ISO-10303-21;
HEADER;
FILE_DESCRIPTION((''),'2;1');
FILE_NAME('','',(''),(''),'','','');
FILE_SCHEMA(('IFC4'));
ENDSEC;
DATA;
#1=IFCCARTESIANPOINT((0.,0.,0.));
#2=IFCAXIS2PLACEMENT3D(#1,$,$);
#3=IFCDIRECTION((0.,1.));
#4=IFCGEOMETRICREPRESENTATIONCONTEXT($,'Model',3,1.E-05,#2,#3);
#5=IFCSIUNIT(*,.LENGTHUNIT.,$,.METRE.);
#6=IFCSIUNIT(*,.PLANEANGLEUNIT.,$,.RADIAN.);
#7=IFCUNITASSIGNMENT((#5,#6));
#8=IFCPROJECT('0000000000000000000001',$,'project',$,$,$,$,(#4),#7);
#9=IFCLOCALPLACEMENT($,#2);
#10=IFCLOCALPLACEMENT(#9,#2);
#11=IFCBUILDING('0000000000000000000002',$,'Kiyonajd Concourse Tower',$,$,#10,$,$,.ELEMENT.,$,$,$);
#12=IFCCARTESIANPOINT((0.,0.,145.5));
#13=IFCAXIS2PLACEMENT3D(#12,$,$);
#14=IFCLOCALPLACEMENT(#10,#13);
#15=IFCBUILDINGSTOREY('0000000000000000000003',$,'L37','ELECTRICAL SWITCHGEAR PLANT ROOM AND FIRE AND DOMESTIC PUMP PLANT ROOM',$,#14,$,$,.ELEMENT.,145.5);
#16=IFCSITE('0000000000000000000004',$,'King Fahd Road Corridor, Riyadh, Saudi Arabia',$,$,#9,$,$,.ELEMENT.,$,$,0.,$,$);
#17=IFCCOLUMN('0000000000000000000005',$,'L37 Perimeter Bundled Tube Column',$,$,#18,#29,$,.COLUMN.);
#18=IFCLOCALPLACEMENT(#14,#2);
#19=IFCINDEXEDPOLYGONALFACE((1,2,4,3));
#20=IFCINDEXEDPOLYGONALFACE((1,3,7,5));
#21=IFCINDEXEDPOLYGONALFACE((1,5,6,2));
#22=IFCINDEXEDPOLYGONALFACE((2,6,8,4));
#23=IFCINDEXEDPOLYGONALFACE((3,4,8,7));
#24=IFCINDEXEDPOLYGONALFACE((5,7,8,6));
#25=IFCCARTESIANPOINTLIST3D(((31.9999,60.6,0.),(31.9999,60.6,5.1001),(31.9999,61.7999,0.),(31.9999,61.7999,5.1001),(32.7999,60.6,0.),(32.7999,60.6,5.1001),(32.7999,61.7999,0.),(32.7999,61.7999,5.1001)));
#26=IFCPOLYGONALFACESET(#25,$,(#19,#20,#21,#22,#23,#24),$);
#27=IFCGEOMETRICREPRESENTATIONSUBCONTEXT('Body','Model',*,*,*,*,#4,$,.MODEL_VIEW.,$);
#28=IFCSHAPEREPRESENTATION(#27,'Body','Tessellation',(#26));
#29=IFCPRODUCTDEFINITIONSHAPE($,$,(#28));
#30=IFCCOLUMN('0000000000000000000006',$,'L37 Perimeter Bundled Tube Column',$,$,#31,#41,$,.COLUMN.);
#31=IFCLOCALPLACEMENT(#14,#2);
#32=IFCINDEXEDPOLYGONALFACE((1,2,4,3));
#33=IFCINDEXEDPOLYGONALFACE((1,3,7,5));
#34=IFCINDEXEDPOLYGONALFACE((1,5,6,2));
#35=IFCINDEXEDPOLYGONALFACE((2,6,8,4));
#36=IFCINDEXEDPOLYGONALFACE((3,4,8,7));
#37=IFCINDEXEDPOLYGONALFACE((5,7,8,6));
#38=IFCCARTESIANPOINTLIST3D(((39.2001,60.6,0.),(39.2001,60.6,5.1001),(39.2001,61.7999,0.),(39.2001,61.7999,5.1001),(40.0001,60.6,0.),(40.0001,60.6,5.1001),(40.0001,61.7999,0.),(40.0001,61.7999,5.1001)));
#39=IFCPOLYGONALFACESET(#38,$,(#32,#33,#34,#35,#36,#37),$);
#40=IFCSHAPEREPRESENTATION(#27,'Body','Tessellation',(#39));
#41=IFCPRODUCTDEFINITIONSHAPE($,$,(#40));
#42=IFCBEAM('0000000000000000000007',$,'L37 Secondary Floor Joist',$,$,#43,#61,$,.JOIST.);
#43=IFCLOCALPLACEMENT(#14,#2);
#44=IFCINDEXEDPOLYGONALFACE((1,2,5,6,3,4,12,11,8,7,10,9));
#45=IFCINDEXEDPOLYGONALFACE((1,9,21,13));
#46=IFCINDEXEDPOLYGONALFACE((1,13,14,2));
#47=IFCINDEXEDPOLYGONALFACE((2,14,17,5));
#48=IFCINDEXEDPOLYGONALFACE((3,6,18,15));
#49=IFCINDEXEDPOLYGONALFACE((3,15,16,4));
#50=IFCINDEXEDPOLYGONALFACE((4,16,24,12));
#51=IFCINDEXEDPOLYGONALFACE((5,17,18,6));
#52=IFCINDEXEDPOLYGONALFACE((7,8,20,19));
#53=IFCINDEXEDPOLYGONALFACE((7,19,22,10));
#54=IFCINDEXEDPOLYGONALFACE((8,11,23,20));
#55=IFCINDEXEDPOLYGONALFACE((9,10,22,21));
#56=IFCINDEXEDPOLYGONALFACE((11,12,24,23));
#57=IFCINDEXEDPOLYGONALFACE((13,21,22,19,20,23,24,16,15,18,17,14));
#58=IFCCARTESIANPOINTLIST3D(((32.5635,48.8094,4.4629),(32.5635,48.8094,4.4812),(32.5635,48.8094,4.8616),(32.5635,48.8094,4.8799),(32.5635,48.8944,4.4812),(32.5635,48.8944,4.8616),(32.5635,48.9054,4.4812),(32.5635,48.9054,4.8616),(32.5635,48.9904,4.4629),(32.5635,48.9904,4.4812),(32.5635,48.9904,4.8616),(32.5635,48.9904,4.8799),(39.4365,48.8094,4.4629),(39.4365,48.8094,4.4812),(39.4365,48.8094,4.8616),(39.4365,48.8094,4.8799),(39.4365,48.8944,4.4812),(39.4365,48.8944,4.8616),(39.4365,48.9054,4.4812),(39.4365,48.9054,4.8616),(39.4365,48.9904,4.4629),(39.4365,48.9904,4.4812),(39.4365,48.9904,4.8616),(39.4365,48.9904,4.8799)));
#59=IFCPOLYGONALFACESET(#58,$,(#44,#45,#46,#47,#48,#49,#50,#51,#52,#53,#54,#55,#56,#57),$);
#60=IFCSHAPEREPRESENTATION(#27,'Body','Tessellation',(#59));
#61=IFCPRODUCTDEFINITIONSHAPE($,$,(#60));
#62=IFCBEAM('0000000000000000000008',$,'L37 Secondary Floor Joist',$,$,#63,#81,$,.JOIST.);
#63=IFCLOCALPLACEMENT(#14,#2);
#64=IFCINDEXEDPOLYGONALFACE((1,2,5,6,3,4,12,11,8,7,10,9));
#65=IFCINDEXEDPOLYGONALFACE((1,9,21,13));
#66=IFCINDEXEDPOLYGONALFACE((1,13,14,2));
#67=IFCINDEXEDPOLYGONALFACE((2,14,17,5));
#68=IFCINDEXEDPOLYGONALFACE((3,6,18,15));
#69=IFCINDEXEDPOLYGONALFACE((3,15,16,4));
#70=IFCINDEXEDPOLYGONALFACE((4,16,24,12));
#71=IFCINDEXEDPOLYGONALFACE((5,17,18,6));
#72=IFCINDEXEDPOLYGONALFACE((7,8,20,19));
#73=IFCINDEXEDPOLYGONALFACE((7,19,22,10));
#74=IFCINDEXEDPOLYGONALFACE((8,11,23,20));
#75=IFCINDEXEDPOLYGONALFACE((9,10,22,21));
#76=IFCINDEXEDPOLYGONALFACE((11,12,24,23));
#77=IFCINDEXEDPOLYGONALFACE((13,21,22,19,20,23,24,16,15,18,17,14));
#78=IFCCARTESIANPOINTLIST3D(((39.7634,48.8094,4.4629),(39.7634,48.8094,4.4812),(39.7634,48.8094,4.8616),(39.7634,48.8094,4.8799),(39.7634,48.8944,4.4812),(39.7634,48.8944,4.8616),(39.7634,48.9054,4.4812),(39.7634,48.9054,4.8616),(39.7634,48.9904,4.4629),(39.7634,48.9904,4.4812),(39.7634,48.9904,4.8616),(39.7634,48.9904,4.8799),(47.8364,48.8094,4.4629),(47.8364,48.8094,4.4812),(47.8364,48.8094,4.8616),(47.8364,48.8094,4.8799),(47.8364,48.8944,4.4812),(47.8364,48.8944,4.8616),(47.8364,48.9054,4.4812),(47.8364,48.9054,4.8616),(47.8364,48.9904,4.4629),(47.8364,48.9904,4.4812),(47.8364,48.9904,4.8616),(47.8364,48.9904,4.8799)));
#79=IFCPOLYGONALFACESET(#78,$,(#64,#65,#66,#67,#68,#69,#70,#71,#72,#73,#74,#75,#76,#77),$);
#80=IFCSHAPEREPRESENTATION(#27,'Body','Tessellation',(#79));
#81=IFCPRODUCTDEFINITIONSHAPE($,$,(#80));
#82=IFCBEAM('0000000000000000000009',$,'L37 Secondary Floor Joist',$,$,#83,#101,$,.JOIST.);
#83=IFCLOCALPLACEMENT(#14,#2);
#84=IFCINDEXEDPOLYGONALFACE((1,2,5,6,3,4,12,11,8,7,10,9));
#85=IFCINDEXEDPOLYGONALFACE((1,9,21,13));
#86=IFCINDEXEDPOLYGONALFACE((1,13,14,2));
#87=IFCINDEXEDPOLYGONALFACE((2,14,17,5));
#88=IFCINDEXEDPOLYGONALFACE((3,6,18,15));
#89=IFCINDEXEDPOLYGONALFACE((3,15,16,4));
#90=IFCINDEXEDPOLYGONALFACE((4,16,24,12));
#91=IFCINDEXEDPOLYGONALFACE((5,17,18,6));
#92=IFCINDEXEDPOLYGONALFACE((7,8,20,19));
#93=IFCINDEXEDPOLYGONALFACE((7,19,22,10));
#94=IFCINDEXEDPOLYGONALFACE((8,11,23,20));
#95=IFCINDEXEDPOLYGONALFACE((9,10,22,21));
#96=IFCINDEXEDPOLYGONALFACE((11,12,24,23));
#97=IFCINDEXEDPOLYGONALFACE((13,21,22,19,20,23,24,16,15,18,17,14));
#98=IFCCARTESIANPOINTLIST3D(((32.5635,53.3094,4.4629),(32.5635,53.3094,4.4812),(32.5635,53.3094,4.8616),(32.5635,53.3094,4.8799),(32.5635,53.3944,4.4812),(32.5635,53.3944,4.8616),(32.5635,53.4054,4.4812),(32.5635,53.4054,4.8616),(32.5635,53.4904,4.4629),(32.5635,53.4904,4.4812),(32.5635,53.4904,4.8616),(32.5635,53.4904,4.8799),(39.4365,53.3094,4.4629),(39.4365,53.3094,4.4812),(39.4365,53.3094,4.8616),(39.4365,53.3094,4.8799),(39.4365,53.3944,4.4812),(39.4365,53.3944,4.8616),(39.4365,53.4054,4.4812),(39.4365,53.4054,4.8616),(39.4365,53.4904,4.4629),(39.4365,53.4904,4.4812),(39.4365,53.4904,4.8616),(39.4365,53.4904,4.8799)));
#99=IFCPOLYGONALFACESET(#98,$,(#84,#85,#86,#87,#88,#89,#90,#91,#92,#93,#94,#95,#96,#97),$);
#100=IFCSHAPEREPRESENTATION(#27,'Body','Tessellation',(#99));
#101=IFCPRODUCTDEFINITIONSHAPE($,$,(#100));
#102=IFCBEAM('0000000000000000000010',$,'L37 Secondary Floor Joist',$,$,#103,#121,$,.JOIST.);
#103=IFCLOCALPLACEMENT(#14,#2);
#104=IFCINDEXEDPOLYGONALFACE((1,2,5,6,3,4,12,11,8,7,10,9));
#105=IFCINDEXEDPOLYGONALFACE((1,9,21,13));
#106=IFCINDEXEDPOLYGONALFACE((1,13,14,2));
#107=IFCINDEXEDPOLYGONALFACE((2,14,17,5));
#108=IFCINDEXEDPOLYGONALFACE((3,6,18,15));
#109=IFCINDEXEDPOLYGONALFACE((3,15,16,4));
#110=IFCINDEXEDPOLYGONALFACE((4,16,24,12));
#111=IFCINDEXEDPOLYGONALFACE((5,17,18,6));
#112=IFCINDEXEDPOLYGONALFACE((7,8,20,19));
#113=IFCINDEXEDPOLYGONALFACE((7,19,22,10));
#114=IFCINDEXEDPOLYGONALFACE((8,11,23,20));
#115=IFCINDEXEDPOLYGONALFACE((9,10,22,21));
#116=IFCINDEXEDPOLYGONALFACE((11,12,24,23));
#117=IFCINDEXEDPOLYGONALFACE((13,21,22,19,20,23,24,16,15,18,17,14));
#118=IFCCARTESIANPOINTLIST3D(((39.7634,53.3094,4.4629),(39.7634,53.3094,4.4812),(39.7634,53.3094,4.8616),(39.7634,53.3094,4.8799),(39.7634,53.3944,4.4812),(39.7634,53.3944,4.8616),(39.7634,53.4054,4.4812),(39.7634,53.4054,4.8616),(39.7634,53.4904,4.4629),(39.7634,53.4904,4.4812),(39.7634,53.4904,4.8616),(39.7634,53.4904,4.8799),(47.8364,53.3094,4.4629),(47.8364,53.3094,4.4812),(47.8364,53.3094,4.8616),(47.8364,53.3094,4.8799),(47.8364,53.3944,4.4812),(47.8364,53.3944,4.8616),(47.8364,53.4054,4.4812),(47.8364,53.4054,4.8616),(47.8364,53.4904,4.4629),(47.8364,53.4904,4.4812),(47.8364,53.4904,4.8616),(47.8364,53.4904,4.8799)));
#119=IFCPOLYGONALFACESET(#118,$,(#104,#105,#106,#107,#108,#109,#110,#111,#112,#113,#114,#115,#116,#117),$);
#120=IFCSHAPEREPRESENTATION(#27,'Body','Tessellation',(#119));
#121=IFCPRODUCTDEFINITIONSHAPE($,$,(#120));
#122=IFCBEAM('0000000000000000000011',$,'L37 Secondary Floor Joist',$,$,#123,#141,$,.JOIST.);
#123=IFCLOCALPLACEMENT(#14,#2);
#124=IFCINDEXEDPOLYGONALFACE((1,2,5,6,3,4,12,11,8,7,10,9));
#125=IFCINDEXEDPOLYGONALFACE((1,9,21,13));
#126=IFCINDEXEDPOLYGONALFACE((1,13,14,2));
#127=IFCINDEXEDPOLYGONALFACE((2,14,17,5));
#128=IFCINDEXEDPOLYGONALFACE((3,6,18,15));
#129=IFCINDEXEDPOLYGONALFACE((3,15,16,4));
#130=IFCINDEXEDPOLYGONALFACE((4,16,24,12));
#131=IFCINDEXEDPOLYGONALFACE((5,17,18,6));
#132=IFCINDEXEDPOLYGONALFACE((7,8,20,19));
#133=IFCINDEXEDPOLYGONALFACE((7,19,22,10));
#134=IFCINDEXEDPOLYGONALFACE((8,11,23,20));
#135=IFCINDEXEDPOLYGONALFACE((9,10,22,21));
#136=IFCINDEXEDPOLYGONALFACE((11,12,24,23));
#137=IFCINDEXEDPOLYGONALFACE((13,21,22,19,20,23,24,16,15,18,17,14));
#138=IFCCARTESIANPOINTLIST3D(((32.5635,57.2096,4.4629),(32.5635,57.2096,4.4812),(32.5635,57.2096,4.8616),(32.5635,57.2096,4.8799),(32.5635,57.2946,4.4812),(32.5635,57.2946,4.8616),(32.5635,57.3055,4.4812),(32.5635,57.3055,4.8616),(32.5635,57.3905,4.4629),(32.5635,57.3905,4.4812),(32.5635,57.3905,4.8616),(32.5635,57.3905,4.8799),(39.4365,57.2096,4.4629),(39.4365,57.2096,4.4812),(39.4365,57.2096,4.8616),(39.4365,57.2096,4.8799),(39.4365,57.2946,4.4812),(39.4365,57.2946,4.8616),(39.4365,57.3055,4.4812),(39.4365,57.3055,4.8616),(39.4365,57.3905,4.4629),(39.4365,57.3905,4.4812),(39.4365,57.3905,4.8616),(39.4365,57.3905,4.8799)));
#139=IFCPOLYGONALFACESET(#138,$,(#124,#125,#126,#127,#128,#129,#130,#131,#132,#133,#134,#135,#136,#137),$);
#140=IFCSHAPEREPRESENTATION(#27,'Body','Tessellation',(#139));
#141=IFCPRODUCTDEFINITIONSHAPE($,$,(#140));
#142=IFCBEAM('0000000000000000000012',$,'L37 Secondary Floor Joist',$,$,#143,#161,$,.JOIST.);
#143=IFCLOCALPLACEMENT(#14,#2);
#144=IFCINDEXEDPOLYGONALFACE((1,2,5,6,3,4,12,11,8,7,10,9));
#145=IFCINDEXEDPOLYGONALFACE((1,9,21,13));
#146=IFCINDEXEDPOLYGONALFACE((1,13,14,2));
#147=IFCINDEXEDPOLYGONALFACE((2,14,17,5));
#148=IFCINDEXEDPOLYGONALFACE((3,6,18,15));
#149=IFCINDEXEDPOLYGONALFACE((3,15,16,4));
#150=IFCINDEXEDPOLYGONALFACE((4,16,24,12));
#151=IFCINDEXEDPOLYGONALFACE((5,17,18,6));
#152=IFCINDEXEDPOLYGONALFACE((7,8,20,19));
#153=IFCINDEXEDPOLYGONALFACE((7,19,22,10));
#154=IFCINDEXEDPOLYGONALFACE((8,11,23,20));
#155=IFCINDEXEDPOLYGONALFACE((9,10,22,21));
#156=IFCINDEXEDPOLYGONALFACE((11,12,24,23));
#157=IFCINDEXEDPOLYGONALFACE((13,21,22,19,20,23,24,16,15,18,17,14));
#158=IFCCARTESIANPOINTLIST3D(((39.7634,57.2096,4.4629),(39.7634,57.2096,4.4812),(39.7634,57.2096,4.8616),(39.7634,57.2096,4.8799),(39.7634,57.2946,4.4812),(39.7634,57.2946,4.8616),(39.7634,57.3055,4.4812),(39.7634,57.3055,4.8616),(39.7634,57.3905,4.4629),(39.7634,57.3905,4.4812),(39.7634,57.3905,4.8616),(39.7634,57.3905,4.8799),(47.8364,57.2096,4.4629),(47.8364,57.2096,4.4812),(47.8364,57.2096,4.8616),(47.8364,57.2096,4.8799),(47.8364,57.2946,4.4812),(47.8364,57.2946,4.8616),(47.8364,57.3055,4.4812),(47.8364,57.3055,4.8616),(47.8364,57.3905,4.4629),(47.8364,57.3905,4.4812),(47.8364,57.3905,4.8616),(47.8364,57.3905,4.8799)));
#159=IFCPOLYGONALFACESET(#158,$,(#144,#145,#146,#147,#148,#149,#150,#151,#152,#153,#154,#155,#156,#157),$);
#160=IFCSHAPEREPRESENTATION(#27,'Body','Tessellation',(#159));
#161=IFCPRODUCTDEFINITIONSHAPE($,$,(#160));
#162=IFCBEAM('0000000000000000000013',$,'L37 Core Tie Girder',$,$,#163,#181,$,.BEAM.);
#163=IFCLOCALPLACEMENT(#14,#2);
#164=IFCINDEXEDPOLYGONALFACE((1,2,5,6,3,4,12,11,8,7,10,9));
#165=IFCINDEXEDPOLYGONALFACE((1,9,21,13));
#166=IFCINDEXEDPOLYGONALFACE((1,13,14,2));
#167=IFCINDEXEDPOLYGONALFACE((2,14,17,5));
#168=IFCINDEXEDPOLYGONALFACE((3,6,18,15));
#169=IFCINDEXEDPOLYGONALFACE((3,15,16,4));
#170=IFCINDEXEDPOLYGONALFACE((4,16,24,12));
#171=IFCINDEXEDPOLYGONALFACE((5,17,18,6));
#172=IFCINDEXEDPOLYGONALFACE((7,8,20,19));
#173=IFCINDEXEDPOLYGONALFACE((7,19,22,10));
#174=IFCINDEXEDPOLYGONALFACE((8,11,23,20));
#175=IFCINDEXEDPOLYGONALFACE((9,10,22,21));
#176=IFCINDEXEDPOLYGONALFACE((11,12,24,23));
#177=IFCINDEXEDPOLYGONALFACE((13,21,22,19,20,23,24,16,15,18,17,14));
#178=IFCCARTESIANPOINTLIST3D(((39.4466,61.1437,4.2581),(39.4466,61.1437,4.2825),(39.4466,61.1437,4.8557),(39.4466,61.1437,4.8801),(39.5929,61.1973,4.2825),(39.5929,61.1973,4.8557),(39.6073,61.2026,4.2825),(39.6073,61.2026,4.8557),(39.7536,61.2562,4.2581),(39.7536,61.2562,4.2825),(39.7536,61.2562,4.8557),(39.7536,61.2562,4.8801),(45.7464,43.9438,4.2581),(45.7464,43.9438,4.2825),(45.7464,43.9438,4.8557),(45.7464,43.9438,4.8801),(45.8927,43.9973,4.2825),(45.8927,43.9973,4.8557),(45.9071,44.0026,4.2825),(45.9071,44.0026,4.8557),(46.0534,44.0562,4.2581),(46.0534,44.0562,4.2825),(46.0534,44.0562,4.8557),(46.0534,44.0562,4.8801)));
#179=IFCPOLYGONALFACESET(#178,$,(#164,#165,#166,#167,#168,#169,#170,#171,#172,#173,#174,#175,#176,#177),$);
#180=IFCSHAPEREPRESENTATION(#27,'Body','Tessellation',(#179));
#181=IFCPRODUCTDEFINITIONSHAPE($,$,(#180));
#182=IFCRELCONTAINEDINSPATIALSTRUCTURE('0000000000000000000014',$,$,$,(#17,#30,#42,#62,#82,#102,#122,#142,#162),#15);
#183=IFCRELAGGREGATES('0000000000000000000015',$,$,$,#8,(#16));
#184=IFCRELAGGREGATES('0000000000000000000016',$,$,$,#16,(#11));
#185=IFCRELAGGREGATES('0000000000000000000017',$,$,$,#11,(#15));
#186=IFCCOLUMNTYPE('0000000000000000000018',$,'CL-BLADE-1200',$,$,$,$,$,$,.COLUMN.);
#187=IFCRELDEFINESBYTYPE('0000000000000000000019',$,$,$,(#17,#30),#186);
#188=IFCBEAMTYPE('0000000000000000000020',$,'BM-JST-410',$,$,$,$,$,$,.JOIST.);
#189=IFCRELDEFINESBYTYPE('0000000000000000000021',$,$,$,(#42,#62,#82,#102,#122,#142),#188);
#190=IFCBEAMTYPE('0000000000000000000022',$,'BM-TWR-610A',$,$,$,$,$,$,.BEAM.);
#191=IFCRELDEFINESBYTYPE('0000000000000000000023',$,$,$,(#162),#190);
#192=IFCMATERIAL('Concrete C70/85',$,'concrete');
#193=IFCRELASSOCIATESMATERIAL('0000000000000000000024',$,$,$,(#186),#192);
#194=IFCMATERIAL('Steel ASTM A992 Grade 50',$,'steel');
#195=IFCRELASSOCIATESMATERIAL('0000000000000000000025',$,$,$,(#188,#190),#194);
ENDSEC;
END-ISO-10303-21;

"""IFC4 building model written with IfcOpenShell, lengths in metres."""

from ifc_helpers import new_model, si_unit, direction, frame, origin, origin_2d, place, context, subcontext, project, spatial, rectangle, i_section, extrude, material, material_profile, profile_set, type_object, element, save


model = new_model("IFC4")

# Units and contexts
model_context = context("Model", 3, precision=1e-05, world=origin(), true_north=direction((0.0, 1.0)))
body_context = subcontext(model_context, "Body", "Model", "MODEL_VIEW")
ifc_project = project(units=[si_unit("LENGTHUNIT", "METRE"), si_unit("PLANEANGLEUNIT", "RADIAN")], contexts=[model_context])

# Site, building, storey
site_placement = place(None, origin())
site = spatial("IfcSite", under=ifc_project, at=site_placement, Name="King Fahd Road Corridor, Riyadh, Saudi Arabia", CompositionType="ELEMENT", RefElevation=0.0)
building_placement = place(site_placement, origin())
building = spatial("IfcBuilding", under=site, at=building_placement, Name="Kiyonajd Concourse Tower", CompositionType="ELEMENT")
storey_placement = place(building_placement, frame((0.0, 0.0, 145.5)))
storey = spatial("IfcBuildingStorey", under=building, at=storey_placement, Name="L37", Description="ELECTRICAL SWITCHGEAR PLANT ROOM AND FIRE AND DOMESTIC PUMP PLANT ROOM", CompositionType="ELEMENT", Elevation=145.5)

# Columns
ifc_material_1 = material(Name="Concrete C70/85", Category="concrete")
ifc_material_profile_1 = material_profile(ifc_material_1, rectangle(XDim=0.8, YDim=1.2, at=origin_2d()), Name="RC-1200x800")
ifc_profile_set_1 = profile_set([ifc_material_profile_1], Name="Concrete C70/85")
column_type = type_object("IfcColumnType", Name="CL-BLADE-1200", PredefinedType="COLUMN", material=ifc_profile_set_1)
for number, where, z_axis, x_axis, name in (
    (1, (32.3999, 61.2, 0.0), (0.0, 0.0, 1.0), (1.0, 0.0, 0.0), "L37 Perimeter Bundled Tube Column"),
    (2, (39.6001, 61.2, 0.0), (0.0, 0.0, 1.0), (1.0, 0.0, 0.0), "L37 Perimeter Bundled Tube Column"),
):
    element("IfcColumn", number, at=place(storey_placement, frame(where, z_axis=z_axis, x_axis=x_axis)), inside=storey, type_object=column_type, Name=name, PredefinedType="COLUMN", context=body_context, shape_type="SweptSolid", body=[
        extrude(rectangle(XDim=0.8, YDim=1.2, at=origin_2d()), origin(), (0.0, 0.0, 1.0), 5.1001),
    ])

# Beams
ifc_material_2 = material(Name="Steel ASTM A992 Grade 50", Category="steel")
ifc_material_profile_2 = material_profile(ifc_material_2, i_section(OverallWidth=0.1809, OverallDepth=0.417, WebThickness=0.011, FlangeThickness=0.0183, at=origin_2d()), Name="W410X85")
ifc_profile_set_2 = profile_set([ifc_material_profile_2], Name="Steel ASTM A992 Grade 50")
beam_type_1 = type_object("IfcBeamType", Name="BM-JST-410", PredefinedType="JOIST", material=ifc_profile_set_2)
beam_1_placement = place(storey_placement, frame((32.5635, 48.8999, 4.6714), z_axis=(1.0, 0.0, 0.0), x_axis=(0.0, 1.0, 0.0)))
element("IfcBeam", 3, at=beam_1_placement, inside=storey, type_object=beam_type_1, Name="L37 Secondary Floor Joist", PredefinedType="JOIST", context=body_context, shape_type="SweptSolid", body=[
    extrude(i_section(OverallWidth=0.1809, OverallDepth=0.417, WebThickness=0.011, FlangeThickness=0.0183, at=origin_2d()), origin(), (0.0, 0.0, 1.0), 6.873),
])
beam_2_placement = place(storey_placement, frame((39.7634, 48.8999, 4.6714), z_axis=(1.0, 0.0, 0.0), x_axis=(0.0, 1.0, 0.0)))
element("IfcBeam", 4, at=beam_2_placement, inside=storey, type_object=beam_type_1, Name="L37 Secondary Floor Joist", PredefinedType="JOIST", context=body_context, shape_type="SweptSolid", body=[
    extrude(i_section(OverallWidth=0.1809, OverallDepth=0.417, WebThickness=0.011, FlangeThickness=0.0183, at=origin_2d()), origin(), (0.0, 0.0, 1.0), 8.073),
])
beam_3_placement = place(storey_placement, frame((32.5635, 53.3999, 4.6714), z_axis=(1.0, 0.0, 0.0), x_axis=(0.0, 1.0, 0.0)))
element("IfcBeam", 5, at=beam_3_placement, inside=storey, type_object=beam_type_1, Name="L37 Secondary Floor Joist", PredefinedType="JOIST", context=body_context, shape_type="SweptSolid", body=[
    extrude(i_section(OverallWidth=0.1809, OverallDepth=0.417, WebThickness=0.011, FlangeThickness=0.0183, at=origin_2d()), origin(), (0.0, 0.0, 1.0), 6.873),
])
beam_4_placement = place(storey_placement, frame((39.7634, 53.3999, 4.6714), z_axis=(1.0, 0.0, 0.0), x_axis=(0.0, 1.0, 0.0)))
element("IfcBeam", 6, at=beam_4_placement, inside=storey, type_object=beam_type_1, Name="L37 Secondary Floor Joist", PredefinedType="JOIST", context=body_context, shape_type="SweptSolid", body=[
    extrude(i_section(OverallWidth=0.1809, OverallDepth=0.417, WebThickness=0.011, FlangeThickness=0.0183, at=origin_2d()), origin(), (0.0, 0.0, 1.0), 8.073),
])
beam_5_placement = place(storey_placement, frame((32.5635, 57.3, 4.6714), z_axis=(1.0, 0.0, 0.0), x_axis=(0.0, 1.0, 0.0)))
element("IfcBeam", 7, at=beam_5_placement, inside=storey, type_object=beam_type_1, Name="L37 Secondary Floor Joist", PredefinedType="JOIST", context=body_context, shape_type="SweptSolid", body=[
    extrude(i_section(OverallWidth=0.1809, OverallDepth=0.417, WebThickness=0.011, FlangeThickness=0.0183, at=origin_2d()), origin(), (0.0, 0.0, 1.0), 6.873),
])
beam_6_placement = place(storey_placement, frame((39.7634, 57.3, 4.6714), z_axis=(1.0, 0.0, 0.0), x_axis=(0.0, 1.0, 0.0)))
element("IfcBeam", 8, at=beam_6_placement, inside=storey, type_object=beam_type_1, Name="L37 Secondary Floor Joist", PredefinedType="JOIST", context=body_context, shape_type="SweptSolid", body=[
    extrude(i_section(OverallWidth=0.1809, OverallDepth=0.417, WebThickness=0.011, FlangeThickness=0.0183, at=origin_2d()), origin(), (0.0, 0.0, 1.0), 8.073),
])
ifc_material_profile_3 = material_profile(ifc_material_2, i_section(OverallWidth=0.3269, OverallDepth=0.6221, WebThickness=0.0154, FlangeThickness=0.0244, at=origin_2d()), Name="W610X195")
ifc_profile_set_3 = profile_set([ifc_material_profile_3], Name="Steel ASTM A992 Grade 50")
beam_type_2 = type_object("IfcBeamType", Name="BM-TWR-610A", PredefinedType="BEAM", material=ifc_profile_set_3)
beam_7_placement = place(storey_placement, frame((39.6001, 61.2, 4.5691), z_axis=(0.343925, -0.938997, 0.0), x_axis=(0.938997, 0.343925, 0.0)))
element("IfcBeam", 9, at=beam_7_placement, inside=storey, type_object=beam_type_2, Name="L37 Core Tie Girder", PredefinedType="BEAM", context=body_context, shape_type="SweptSolid", body=[
    extrude(i_section(OverallWidth=0.3269, OverallDepth=0.6221, WebThickness=0.0154, FlangeThickness=0.0244, at=origin_2d()), origin(), (0.0, 0.0, 1.0), 18.3174),
])

save(model, "model.ifc")
